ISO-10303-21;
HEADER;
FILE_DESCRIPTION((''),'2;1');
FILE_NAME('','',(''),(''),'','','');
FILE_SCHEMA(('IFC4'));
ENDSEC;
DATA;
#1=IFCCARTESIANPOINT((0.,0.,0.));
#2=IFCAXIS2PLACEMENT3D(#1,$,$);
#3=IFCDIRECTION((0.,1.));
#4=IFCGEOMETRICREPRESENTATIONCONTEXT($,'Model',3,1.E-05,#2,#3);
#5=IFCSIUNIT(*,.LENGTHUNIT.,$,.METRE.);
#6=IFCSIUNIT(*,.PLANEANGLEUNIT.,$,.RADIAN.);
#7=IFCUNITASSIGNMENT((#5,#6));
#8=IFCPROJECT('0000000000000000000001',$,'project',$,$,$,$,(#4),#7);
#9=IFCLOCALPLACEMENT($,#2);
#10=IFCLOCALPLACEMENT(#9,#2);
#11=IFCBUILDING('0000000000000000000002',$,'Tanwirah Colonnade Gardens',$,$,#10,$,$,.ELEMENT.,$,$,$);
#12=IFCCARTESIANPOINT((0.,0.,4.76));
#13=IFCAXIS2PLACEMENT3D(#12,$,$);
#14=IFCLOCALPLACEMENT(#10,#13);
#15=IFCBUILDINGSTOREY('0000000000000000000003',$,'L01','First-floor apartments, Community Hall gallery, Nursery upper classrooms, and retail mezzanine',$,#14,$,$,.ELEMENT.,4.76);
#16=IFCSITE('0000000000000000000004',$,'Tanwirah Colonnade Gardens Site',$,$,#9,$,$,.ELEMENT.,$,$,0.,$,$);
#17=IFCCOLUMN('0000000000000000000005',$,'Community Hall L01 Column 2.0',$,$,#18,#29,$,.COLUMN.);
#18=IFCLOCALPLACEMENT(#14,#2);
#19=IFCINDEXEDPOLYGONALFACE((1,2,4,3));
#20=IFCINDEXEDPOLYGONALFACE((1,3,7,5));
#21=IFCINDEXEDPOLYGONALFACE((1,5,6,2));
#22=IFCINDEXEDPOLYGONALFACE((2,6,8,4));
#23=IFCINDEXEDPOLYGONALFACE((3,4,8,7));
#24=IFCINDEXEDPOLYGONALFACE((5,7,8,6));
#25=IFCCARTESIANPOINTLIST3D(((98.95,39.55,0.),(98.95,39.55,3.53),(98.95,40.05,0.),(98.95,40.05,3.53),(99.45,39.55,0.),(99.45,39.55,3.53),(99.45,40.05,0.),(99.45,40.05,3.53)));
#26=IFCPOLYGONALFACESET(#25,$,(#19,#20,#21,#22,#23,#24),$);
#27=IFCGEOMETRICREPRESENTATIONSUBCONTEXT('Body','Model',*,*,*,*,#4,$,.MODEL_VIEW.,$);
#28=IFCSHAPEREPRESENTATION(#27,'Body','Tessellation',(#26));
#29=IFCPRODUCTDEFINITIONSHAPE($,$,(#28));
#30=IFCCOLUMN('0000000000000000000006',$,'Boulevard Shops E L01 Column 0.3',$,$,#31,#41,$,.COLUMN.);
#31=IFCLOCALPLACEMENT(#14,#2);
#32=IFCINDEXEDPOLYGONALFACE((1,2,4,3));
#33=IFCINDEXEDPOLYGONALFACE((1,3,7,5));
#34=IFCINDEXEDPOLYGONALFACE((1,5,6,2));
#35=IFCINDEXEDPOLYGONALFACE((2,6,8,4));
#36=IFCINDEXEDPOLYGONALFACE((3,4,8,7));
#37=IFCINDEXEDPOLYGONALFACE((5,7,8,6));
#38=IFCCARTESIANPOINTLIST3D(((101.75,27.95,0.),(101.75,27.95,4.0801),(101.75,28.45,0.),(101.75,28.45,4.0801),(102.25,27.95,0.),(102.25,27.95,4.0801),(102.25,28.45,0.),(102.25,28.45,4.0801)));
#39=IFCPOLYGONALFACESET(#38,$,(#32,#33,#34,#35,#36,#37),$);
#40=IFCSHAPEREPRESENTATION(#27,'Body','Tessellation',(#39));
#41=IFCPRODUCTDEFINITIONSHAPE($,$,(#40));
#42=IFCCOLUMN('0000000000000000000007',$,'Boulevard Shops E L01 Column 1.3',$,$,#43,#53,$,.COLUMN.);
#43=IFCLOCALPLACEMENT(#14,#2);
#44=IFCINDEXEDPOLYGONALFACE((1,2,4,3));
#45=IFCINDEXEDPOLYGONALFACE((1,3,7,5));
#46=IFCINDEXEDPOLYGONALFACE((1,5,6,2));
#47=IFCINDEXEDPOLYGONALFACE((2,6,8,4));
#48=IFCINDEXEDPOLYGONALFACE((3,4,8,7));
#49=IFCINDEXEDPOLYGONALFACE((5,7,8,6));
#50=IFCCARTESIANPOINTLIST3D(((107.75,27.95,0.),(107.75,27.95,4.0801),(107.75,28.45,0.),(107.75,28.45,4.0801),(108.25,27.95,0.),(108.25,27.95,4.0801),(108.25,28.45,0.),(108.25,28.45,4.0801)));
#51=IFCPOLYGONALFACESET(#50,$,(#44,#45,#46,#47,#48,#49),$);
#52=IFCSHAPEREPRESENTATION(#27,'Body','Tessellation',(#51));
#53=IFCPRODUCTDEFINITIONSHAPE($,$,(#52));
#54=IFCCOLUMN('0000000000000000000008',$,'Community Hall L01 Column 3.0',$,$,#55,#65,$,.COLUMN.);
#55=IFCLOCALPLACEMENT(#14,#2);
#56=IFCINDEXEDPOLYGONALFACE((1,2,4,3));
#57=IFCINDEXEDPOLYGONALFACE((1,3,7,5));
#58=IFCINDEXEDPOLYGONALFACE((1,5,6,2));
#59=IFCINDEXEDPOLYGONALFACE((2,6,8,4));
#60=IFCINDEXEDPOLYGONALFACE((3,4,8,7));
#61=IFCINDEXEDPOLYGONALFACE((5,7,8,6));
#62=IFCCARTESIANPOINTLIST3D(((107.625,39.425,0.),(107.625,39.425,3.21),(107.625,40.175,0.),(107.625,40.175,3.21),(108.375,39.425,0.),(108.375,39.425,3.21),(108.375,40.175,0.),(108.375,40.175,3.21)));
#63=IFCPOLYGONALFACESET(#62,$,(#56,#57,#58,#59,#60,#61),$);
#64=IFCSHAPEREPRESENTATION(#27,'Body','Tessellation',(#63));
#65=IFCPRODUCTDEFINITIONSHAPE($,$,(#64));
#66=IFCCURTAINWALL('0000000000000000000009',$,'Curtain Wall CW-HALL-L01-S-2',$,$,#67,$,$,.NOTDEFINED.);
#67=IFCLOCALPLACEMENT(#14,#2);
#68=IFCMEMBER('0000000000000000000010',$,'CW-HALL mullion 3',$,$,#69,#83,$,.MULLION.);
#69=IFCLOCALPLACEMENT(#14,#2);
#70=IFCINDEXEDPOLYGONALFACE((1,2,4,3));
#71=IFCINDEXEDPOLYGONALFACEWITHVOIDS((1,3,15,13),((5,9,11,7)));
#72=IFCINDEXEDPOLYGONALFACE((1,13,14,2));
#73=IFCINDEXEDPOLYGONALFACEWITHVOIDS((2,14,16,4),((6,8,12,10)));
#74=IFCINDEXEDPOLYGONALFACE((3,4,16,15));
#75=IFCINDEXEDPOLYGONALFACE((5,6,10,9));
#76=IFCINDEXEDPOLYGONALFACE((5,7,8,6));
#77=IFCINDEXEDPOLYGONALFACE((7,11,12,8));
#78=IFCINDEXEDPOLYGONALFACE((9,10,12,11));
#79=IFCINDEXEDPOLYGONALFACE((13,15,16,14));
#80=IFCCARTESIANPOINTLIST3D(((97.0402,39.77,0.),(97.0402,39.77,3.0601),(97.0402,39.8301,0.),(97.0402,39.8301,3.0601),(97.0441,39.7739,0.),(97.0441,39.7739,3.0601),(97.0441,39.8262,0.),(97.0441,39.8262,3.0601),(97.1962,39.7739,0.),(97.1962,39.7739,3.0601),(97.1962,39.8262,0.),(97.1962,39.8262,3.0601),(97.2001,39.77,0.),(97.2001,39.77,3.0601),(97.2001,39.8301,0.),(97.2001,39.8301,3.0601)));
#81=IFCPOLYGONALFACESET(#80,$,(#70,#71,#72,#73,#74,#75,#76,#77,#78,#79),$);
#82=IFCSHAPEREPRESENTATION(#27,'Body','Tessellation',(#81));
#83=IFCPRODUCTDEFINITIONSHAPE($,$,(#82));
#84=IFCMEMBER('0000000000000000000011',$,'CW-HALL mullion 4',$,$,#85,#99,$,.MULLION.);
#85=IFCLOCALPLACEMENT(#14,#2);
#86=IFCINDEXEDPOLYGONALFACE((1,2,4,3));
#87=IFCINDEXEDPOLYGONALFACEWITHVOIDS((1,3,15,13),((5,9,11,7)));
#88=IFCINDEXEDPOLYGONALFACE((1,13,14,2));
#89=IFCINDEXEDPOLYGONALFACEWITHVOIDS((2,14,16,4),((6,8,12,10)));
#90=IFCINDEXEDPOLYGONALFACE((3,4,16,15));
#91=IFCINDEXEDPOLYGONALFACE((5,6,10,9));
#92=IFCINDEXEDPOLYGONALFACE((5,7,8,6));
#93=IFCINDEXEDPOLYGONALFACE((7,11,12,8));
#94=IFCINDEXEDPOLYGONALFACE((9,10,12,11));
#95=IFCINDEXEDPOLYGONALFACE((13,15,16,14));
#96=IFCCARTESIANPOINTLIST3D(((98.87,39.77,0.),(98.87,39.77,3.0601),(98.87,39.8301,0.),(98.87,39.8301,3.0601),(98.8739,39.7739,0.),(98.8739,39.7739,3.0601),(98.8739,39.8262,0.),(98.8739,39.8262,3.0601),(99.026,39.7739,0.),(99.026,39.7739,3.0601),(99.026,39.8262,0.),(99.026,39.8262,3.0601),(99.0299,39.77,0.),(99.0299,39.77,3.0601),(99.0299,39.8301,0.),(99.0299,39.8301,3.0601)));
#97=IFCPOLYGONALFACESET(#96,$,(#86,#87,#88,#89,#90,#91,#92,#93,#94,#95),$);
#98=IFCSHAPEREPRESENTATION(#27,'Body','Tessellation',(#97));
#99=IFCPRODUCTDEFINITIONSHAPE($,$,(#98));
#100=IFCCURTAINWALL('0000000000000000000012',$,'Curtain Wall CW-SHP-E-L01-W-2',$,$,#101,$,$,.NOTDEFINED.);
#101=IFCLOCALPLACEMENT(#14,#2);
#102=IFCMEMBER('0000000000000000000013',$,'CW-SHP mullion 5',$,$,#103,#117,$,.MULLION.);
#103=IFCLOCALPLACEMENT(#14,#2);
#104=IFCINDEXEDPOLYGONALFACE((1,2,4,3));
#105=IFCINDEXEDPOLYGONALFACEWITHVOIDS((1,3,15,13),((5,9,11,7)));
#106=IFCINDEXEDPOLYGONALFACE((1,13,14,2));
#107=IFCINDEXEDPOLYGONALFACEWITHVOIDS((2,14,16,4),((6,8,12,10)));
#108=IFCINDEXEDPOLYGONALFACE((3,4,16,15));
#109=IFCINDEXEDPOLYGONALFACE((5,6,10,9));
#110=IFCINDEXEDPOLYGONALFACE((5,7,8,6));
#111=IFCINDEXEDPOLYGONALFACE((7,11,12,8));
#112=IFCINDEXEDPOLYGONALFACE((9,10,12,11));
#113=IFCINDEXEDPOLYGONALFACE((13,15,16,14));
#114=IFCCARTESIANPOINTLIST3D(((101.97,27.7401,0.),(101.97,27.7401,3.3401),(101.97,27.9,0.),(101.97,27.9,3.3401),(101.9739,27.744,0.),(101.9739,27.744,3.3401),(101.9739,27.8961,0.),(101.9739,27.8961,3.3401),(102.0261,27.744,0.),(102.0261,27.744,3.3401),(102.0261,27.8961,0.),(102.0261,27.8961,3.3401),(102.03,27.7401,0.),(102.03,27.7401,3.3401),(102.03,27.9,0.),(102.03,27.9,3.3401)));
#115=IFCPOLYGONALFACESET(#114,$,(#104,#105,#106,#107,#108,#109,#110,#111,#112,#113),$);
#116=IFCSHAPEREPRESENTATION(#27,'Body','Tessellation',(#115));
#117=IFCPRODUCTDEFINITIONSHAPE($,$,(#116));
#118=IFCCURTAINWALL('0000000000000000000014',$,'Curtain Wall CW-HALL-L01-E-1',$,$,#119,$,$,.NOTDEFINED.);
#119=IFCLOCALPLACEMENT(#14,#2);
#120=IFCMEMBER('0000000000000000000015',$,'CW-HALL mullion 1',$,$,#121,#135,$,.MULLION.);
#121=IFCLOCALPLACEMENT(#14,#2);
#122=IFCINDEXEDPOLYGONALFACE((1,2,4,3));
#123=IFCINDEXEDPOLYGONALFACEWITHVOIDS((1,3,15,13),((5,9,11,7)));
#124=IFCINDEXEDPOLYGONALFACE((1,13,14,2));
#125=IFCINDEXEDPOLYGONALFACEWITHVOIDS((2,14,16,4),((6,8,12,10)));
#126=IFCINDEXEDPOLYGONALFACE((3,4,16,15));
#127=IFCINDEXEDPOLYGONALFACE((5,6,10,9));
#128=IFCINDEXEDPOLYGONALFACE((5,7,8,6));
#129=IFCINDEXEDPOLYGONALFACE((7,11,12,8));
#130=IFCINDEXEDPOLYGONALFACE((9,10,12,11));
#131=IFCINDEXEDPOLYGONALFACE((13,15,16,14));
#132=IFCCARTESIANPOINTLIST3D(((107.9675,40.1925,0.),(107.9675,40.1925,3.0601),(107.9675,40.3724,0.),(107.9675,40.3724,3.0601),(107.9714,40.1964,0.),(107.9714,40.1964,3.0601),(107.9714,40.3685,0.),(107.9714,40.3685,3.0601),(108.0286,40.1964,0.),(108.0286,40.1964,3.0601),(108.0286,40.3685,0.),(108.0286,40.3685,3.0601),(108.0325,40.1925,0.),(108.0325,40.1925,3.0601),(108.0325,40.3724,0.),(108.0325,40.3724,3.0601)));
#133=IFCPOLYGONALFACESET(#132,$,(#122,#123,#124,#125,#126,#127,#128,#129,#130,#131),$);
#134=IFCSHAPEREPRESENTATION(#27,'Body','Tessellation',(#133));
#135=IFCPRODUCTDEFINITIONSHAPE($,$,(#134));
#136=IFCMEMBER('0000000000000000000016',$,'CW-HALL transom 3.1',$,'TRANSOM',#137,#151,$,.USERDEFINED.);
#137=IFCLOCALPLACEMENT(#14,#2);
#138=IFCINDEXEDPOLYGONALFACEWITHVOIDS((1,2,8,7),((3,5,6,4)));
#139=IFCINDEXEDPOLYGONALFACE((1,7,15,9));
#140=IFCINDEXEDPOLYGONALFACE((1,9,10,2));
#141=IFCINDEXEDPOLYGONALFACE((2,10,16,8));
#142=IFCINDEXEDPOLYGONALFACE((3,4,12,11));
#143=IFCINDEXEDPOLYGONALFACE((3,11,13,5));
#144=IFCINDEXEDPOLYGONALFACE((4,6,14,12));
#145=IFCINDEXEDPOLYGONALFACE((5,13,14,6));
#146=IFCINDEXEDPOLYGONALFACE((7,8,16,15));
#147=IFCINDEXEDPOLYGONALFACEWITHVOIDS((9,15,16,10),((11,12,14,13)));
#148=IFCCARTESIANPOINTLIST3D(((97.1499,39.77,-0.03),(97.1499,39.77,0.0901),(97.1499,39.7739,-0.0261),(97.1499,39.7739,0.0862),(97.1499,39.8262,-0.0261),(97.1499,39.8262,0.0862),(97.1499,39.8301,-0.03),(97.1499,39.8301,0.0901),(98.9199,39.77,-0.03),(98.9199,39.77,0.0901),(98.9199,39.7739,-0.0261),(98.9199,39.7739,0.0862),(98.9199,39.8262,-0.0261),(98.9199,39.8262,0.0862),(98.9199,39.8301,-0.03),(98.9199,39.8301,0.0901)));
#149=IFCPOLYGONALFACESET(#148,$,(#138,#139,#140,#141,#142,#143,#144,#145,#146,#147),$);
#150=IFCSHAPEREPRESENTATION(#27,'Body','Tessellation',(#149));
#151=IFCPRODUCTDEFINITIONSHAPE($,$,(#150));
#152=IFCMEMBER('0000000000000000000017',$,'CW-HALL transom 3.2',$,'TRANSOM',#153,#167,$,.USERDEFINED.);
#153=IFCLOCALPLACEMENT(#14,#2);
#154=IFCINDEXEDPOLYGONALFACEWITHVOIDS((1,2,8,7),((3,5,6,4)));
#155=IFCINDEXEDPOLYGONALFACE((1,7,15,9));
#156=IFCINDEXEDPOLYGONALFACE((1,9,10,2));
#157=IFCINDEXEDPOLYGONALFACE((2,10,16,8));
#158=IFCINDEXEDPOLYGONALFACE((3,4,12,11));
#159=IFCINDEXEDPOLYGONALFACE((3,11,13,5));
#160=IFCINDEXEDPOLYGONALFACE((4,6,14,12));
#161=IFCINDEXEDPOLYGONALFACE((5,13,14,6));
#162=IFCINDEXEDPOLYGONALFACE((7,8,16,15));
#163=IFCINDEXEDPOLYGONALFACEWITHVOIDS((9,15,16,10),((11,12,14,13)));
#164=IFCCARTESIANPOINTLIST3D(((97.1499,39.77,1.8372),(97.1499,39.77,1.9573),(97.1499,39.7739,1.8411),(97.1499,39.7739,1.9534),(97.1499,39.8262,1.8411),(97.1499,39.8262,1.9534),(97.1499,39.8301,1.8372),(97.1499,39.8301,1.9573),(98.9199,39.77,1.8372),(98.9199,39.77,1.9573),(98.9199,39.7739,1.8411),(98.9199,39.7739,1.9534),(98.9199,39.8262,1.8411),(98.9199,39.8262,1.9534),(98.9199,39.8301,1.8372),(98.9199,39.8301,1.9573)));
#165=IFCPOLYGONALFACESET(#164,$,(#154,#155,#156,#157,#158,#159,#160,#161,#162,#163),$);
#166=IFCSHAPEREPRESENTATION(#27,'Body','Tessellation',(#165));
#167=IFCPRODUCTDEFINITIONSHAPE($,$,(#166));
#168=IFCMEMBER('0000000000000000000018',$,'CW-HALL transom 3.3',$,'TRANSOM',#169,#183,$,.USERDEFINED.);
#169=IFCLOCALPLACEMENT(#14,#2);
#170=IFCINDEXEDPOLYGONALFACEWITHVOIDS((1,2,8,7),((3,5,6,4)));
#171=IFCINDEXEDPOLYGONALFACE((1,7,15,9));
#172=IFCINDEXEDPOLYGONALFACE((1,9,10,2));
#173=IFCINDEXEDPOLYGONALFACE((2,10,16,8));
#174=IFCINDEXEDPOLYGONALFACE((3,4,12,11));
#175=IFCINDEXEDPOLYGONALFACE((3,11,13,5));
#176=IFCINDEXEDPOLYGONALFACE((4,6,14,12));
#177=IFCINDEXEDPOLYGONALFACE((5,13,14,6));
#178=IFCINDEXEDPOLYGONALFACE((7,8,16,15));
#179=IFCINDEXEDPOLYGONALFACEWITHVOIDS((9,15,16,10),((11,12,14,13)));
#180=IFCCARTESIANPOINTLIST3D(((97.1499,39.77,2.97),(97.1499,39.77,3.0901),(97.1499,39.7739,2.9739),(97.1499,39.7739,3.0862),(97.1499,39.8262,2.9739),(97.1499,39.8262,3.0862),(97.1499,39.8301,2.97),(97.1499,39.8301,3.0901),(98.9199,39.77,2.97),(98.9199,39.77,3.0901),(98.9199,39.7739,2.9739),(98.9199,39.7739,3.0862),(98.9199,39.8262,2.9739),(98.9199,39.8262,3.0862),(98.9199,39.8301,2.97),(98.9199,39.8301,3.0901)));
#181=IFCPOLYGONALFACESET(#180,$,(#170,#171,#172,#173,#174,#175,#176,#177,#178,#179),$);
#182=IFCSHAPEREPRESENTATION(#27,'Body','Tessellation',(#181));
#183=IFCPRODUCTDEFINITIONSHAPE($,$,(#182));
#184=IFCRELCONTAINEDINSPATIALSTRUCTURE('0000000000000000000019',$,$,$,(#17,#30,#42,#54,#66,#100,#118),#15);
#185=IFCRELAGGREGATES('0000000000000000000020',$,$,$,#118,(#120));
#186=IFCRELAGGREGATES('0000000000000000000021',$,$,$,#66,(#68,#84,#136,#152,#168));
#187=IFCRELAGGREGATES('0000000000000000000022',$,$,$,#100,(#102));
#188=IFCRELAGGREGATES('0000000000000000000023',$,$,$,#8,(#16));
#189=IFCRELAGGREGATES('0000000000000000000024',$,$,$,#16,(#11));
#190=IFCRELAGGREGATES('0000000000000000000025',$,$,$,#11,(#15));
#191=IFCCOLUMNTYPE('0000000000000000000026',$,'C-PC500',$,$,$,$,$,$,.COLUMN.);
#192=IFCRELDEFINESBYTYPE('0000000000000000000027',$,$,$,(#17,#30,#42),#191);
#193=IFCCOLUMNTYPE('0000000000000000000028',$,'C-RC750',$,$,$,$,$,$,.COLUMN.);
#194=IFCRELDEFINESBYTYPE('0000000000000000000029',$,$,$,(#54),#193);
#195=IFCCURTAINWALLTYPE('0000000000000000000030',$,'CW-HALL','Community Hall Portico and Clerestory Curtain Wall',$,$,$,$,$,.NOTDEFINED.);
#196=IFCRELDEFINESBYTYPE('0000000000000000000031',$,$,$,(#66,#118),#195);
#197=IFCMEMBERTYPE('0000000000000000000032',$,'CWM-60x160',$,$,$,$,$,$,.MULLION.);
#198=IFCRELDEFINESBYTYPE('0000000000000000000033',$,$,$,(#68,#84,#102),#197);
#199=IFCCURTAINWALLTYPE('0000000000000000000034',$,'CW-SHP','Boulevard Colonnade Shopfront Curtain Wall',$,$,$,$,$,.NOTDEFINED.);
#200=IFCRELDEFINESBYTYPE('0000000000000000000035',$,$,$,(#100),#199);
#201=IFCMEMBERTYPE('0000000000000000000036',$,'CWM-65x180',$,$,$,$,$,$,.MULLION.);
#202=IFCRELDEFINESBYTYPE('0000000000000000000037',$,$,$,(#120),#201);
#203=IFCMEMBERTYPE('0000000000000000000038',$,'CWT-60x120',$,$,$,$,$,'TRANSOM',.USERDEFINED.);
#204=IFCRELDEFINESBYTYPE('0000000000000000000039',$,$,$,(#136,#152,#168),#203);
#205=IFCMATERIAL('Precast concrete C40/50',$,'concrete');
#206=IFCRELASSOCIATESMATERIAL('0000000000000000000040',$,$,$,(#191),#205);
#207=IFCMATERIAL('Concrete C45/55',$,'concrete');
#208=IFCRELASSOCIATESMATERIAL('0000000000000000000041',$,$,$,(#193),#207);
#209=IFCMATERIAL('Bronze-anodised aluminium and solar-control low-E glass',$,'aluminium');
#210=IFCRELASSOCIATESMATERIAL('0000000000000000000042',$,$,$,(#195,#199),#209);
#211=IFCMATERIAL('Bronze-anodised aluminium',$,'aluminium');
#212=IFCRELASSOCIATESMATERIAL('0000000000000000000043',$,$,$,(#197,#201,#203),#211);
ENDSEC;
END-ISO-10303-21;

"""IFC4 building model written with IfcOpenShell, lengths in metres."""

from ifc_helpers import new_model, si_unit, direction, frame, origin, origin_2d, place, context, subcontext, project, spatial, rectangle, hollow_rectangle, extrude, material, material_profile, profile_set, type_object, element, aggregate, save


model = new_model("IFC4")

# Units and contexts
model_context = context("Model", 3, precision=1e-05, world=origin(), true_north=direction((0.0, 1.0)))
body_context = subcontext(model_context, "Body", "Model", "MODEL_VIEW")
ifc_project = project(units=[si_unit("LENGTHUNIT", "METRE"), si_unit("PLANEANGLEUNIT", "RADIAN")], contexts=[model_context])

# Site, building, storey
site_placement = place(None, origin())
site = spatial("IfcSite", under=ifc_project, at=site_placement, Name="Tanwirah Colonnade Gardens Site", CompositionType="ELEMENT", RefElevation=0.0)
building_placement = place(site_placement, origin())
building = spatial("IfcBuilding", under=site, at=building_placement, Name="Tanwirah Colonnade Gardens", CompositionType="ELEMENT")
storey_placement = place(building_placement, frame((0.0, 0.0, 4.76)))
storey = spatial("IfcBuildingStorey", under=building, at=storey_placement, Name="L01", Description="First-floor apartments, Community Hall gallery, Nursery upper classrooms, and retail mezzanine", CompositionType="ELEMENT", Elevation=4.76)

# Columns
ifc_material_1 = material(Name="Precast concrete C40/50", Category="concrete")
ifc_material_profile_1 = material_profile(ifc_material_1, rectangle(XDim=0.5, YDim=0.5, at=origin_2d()), Name="PC-COL 500x500")
ifc_profile_set_1 = profile_set([ifc_material_profile_1], Name="Precast concrete C40/50")
column_type_1 = type_object("IfcColumnType", Name="C-PC500", PredefinedType="COLUMN", material=ifc_profile_set_1)
column_1_placement = place(storey_placement, frame((99.2, 39.8, 0.0), z_axis=(0.0, 0.0, 1.0), x_axis=(1.0, 0.0, 0.0)))
element("IfcColumn", 1, at=column_1_placement, inside=storey, type_object=column_type_1, Name="Community Hall L01 Column 2.0", PredefinedType="COLUMN", context=body_context, shape_type="SweptSolid", body=[
    extrude(rectangle(XDim=0.5, YDim=0.5, at=origin_2d()), origin(), (0.0, 0.0, 1.0), 3.53),
])
for number, where, z_axis, x_axis, name in (
    (2, (102.0, 28.2, 0.0), (0.0, 0.0, 1.0), (1.0, 0.0, 0.0), "Boulevard Shops E L01 Column 0.3"),
    (3, (108.0, 28.2, 0.0), (0.0, 0.0, 1.0), (1.0, 0.0, 0.0), "Boulevard Shops E L01 Column 1.3"),
):
    element("IfcColumn", number, at=place(storey_placement, frame(where, z_axis=z_axis, x_axis=x_axis)), inside=storey, type_object=column_type_1, Name=name, PredefinedType="COLUMN", context=body_context, shape_type="SweptSolid", body=[
        extrude(rectangle(XDim=0.5, YDim=0.5, at=origin_2d()), origin(), (0.0, 0.0, 1.0), 4.0801),
    ])
ifc_material_2 = material(Name="Concrete C45/55", Category="concrete")
ifc_material_profile_2 = material_profile(ifc_material_2, rectangle(XDim=0.75, YDim=0.75, at=origin_2d()), Name="RC-COL 750x750")
ifc_profile_set_2 = profile_set([ifc_material_profile_2], Name="Concrete C45/55")
column_type_2 = type_object("IfcColumnType", Name="C-RC750", PredefinedType="COLUMN", material=ifc_profile_set_2)
column_2_placement = place(storey_placement, frame((108.0, 39.8, 0.0), z_axis=(0.0, 0.0, 1.0), x_axis=(1.0, 0.0, 0.0)))
element("IfcColumn", 4, at=column_2_placement, inside=storey, type_object=column_type_2, Name="Community Hall L01 Column 3.0", PredefinedType="COLUMN", context=body_context, shape_type="SweptSolid", body=[
    extrude(rectangle(XDim=0.75, YDim=0.75, at=origin_2d()), origin(), (0.0, 0.0, 1.0), 3.21),
])

# Curtain wall, members
ifc_material_3 = material(Name="Bronze-anodised aluminium and solar-control low-E glass", Category="aluminium")
curtain_wall_type_1 = type_object("IfcCurtainWallType", Name="CW-HALL", Description="Community Hall Portico and Clerestory Curtain Wall", PredefinedType="NOTDEFINED", material=ifc_material_3)
curtain_wall_1_placement = place(storey_placement, origin())
curtain_wall_1 = element("IfcCurtainWall", 5, at=curtain_wall_1_placement, inside=storey, type_object=curtain_wall_type_1, Name="Curtain Wall CW-HALL-L01-S-2", PredefinedType="NOTDEFINED")
ifc_material_4 = material(Name="Bronze-anodised aluminium", Category="aluminium")
ifc_material_profile_3 = material_profile(ifc_material_4, hollow_rectangle(XDim=0.0601, YDim=0.1599, WallThickness=0.0039, at=origin_2d()), Name="CW-MUL 60x160x4")
ifc_profile_set_3 = profile_set([ifc_material_profile_3], Name="Bronze-anodised aluminium")
member_type_1 = type_object("IfcMemberType", Name="CWM-60x160", PredefinedType="MULLION", material=ifc_profile_set_3)
member_1_placement = place(storey_placement, frame((97.1201, 39.8, 0.0), z_axis=(0.0, 0.0, 1.0), x_axis=(0.0, 1.0, 0.0)))
member_1 = element("IfcMember", 6, at=member_1_placement, type_object=member_type_1, Name="CW-HALL mullion 3", PredefinedType="MULLION", context=body_context, shape_type="SweptSolid", body=[
    extrude(hollow_rectangle(XDim=0.0601, YDim=0.1599, WallThickness=0.0039, at=origin_2d()), origin(), (0.0, 0.0, 1.0), 3.0601),
])
member_2_placement = place(storey_placement, frame((98.95, 39.8, 0.0), z_axis=(0.0, 0.0, 1.0), x_axis=(0.0, 1.0, 0.0)))
member_2 = element("IfcMember", 7, at=member_2_placement, type_object=member_type_1, Name="CW-HALL mullion 4", PredefinedType="MULLION", context=body_context, shape_type="SweptSolid", body=[
    extrude(hollow_rectangle(XDim=0.0601, YDim=0.1599, WallThickness=0.0039, at=origin_2d()), origin(), (0.0, 0.0, 1.0), 3.0601),
])

# Curtain walls, members
curtain_wall_type_2 = type_object("IfcCurtainWallType", Name="CW-SHP", Description="Boulevard Colonnade Shopfront Curtain Wall", PredefinedType="NOTDEFINED", material=ifc_material_3)
curtain_wall_2_placement = place(storey_placement, origin())
curtain_wall_2 = element("IfcCurtainWall", 8, at=curtain_wall_2_placement, inside=storey, type_object=curtain_wall_type_2, Name="Curtain Wall CW-SHP-E-L01-W-2", PredefinedType="NOTDEFINED")
member_3_placement = place(storey_placement, frame((102.0, 27.8201, 0.0), z_axis=(0.0, 0.0, 1.0), x_axis=(-1.0, 0.0, 0.0)))
member_3 = element("IfcMember", 9, at=member_3_placement, type_object=member_type_1, Name="CW-SHP mullion 5", PredefinedType="MULLION", context=body_context, shape_type="SweptSolid", body=[
    extrude(hollow_rectangle(XDim=0.0601, YDim=0.1599, WallThickness=0.0039, at=origin_2d()), origin(), (0.0, 0.0, 1.0), 3.3401),
])
curtain_wall_3_placement = place(storey_placement, origin())
curtain_wall_3 = element("IfcCurtainWall", 10, at=curtain_wall_3_placement, inside=storey, type_object=curtain_wall_type_1, Name="Curtain Wall CW-HALL-L01-E-1", PredefinedType="NOTDEFINED")
ifc_material_profile_4 = material_profile(ifc_material_4, hollow_rectangle(XDim=0.0649, YDim=0.1799, WallThickness=0.0039, at=origin_2d()), Name="CW-MUL 65x180x4")
ifc_profile_set_4 = profile_set([ifc_material_profile_4], Name="Bronze-anodised aluminium")
member_type_2 = type_object("IfcMemberType", Name="CWM-65x180", PredefinedType="MULLION", material=ifc_profile_set_4)
member_4_placement = place(storey_placement, frame((108.0, 40.2825, 0.0), z_axis=(0.0, 0.0, 1.0), x_axis=(-1.0, 0.0, 0.0)))
member_4 = element("IfcMember", 11, at=member_4_placement, type_object=member_type_2, Name="CW-HALL mullion 1", PredefinedType="MULLION", context=body_context, shape_type="SweptSolid", body=[
    extrude(hollow_rectangle(XDim=0.0649, YDim=0.1799, WallThickness=0.0039, at=origin_2d()), origin(), (0.0, 0.0, 1.0), 3.0601),
])

# Members
ifc_material_profile_5 = material_profile(ifc_material_4, hollow_rectangle(XDim=0.0601, YDim=0.1201, WallThickness=0.0039, at=origin_2d()), Name="CW-TRN 60x120x4")
ifc_profile_set_5 = profile_set([ifc_material_profile_5], Name="Bronze-anodised aluminium")
member_type_3 = type_object("IfcMemberType", Name="CWT-60x120", ElementType="TRANSOM", PredefinedType="USERDEFINED", material=ifc_profile_set_5)
member_5_placement = place(storey_placement, frame((97.1499, 39.8, 0.03), z_axis=(1.0, 0.0, 0.0), x_axis=(0.0, 1.0, 0.0)))
member_5 = element("IfcMember", 12, at=member_5_placement, type_object=member_type_3, Name="CW-HALL transom 3.1", ObjectType="TRANSOM", PredefinedType="USERDEFINED", context=body_context, shape_type="SweptSolid", body=[
    extrude(hollow_rectangle(XDim=0.0601, YDim=0.1201, WallThickness=0.0039, at=origin_2d()), origin(), (0.0, 0.0, 1.0), 1.77),
])
member_6_placement = place(storey_placement, frame((97.1499, 39.8, 1.8972), z_axis=(1.0, 0.0, 0.0), x_axis=(0.0, 1.0, 0.0)))
member_6 = element("IfcMember", 13, at=member_6_placement, type_object=member_type_3, Name="CW-HALL transom 3.2", ObjectType="TRANSOM", PredefinedType="USERDEFINED", context=body_context, shape_type="SweptSolid", body=[
    extrude(hollow_rectangle(XDim=0.0601, YDim=0.1201, WallThickness=0.0039, at=origin_2d()), origin(), (0.0, 0.0, 1.0), 1.77),
])
member_7_placement = place(storey_placement, frame((97.1499, 39.8, 3.03), z_axis=(1.0, 0.0, 0.0), x_axis=(0.0, 1.0, 0.0)))
member_7 = element("IfcMember", 14, at=member_7_placement, type_object=member_type_3, Name="CW-HALL transom 3.3", ObjectType="TRANSOM", PredefinedType="USERDEFINED", context=body_context, shape_type="SweptSolid", body=[
    extrude(hollow_rectangle(XDim=0.0601, YDim=0.1201, WallThickness=0.0039, at=origin_2d()), origin(), (0.0, 0.0, 1.0), 1.77),
])
aggregate(curtain_wall_3, [member_4])

aggregate(curtain_wall_1, [member_1, member_2, member_5, member_6, member_7])
aggregate(curtain_wall_2, [member_3])

save(model, "model.ifc")
